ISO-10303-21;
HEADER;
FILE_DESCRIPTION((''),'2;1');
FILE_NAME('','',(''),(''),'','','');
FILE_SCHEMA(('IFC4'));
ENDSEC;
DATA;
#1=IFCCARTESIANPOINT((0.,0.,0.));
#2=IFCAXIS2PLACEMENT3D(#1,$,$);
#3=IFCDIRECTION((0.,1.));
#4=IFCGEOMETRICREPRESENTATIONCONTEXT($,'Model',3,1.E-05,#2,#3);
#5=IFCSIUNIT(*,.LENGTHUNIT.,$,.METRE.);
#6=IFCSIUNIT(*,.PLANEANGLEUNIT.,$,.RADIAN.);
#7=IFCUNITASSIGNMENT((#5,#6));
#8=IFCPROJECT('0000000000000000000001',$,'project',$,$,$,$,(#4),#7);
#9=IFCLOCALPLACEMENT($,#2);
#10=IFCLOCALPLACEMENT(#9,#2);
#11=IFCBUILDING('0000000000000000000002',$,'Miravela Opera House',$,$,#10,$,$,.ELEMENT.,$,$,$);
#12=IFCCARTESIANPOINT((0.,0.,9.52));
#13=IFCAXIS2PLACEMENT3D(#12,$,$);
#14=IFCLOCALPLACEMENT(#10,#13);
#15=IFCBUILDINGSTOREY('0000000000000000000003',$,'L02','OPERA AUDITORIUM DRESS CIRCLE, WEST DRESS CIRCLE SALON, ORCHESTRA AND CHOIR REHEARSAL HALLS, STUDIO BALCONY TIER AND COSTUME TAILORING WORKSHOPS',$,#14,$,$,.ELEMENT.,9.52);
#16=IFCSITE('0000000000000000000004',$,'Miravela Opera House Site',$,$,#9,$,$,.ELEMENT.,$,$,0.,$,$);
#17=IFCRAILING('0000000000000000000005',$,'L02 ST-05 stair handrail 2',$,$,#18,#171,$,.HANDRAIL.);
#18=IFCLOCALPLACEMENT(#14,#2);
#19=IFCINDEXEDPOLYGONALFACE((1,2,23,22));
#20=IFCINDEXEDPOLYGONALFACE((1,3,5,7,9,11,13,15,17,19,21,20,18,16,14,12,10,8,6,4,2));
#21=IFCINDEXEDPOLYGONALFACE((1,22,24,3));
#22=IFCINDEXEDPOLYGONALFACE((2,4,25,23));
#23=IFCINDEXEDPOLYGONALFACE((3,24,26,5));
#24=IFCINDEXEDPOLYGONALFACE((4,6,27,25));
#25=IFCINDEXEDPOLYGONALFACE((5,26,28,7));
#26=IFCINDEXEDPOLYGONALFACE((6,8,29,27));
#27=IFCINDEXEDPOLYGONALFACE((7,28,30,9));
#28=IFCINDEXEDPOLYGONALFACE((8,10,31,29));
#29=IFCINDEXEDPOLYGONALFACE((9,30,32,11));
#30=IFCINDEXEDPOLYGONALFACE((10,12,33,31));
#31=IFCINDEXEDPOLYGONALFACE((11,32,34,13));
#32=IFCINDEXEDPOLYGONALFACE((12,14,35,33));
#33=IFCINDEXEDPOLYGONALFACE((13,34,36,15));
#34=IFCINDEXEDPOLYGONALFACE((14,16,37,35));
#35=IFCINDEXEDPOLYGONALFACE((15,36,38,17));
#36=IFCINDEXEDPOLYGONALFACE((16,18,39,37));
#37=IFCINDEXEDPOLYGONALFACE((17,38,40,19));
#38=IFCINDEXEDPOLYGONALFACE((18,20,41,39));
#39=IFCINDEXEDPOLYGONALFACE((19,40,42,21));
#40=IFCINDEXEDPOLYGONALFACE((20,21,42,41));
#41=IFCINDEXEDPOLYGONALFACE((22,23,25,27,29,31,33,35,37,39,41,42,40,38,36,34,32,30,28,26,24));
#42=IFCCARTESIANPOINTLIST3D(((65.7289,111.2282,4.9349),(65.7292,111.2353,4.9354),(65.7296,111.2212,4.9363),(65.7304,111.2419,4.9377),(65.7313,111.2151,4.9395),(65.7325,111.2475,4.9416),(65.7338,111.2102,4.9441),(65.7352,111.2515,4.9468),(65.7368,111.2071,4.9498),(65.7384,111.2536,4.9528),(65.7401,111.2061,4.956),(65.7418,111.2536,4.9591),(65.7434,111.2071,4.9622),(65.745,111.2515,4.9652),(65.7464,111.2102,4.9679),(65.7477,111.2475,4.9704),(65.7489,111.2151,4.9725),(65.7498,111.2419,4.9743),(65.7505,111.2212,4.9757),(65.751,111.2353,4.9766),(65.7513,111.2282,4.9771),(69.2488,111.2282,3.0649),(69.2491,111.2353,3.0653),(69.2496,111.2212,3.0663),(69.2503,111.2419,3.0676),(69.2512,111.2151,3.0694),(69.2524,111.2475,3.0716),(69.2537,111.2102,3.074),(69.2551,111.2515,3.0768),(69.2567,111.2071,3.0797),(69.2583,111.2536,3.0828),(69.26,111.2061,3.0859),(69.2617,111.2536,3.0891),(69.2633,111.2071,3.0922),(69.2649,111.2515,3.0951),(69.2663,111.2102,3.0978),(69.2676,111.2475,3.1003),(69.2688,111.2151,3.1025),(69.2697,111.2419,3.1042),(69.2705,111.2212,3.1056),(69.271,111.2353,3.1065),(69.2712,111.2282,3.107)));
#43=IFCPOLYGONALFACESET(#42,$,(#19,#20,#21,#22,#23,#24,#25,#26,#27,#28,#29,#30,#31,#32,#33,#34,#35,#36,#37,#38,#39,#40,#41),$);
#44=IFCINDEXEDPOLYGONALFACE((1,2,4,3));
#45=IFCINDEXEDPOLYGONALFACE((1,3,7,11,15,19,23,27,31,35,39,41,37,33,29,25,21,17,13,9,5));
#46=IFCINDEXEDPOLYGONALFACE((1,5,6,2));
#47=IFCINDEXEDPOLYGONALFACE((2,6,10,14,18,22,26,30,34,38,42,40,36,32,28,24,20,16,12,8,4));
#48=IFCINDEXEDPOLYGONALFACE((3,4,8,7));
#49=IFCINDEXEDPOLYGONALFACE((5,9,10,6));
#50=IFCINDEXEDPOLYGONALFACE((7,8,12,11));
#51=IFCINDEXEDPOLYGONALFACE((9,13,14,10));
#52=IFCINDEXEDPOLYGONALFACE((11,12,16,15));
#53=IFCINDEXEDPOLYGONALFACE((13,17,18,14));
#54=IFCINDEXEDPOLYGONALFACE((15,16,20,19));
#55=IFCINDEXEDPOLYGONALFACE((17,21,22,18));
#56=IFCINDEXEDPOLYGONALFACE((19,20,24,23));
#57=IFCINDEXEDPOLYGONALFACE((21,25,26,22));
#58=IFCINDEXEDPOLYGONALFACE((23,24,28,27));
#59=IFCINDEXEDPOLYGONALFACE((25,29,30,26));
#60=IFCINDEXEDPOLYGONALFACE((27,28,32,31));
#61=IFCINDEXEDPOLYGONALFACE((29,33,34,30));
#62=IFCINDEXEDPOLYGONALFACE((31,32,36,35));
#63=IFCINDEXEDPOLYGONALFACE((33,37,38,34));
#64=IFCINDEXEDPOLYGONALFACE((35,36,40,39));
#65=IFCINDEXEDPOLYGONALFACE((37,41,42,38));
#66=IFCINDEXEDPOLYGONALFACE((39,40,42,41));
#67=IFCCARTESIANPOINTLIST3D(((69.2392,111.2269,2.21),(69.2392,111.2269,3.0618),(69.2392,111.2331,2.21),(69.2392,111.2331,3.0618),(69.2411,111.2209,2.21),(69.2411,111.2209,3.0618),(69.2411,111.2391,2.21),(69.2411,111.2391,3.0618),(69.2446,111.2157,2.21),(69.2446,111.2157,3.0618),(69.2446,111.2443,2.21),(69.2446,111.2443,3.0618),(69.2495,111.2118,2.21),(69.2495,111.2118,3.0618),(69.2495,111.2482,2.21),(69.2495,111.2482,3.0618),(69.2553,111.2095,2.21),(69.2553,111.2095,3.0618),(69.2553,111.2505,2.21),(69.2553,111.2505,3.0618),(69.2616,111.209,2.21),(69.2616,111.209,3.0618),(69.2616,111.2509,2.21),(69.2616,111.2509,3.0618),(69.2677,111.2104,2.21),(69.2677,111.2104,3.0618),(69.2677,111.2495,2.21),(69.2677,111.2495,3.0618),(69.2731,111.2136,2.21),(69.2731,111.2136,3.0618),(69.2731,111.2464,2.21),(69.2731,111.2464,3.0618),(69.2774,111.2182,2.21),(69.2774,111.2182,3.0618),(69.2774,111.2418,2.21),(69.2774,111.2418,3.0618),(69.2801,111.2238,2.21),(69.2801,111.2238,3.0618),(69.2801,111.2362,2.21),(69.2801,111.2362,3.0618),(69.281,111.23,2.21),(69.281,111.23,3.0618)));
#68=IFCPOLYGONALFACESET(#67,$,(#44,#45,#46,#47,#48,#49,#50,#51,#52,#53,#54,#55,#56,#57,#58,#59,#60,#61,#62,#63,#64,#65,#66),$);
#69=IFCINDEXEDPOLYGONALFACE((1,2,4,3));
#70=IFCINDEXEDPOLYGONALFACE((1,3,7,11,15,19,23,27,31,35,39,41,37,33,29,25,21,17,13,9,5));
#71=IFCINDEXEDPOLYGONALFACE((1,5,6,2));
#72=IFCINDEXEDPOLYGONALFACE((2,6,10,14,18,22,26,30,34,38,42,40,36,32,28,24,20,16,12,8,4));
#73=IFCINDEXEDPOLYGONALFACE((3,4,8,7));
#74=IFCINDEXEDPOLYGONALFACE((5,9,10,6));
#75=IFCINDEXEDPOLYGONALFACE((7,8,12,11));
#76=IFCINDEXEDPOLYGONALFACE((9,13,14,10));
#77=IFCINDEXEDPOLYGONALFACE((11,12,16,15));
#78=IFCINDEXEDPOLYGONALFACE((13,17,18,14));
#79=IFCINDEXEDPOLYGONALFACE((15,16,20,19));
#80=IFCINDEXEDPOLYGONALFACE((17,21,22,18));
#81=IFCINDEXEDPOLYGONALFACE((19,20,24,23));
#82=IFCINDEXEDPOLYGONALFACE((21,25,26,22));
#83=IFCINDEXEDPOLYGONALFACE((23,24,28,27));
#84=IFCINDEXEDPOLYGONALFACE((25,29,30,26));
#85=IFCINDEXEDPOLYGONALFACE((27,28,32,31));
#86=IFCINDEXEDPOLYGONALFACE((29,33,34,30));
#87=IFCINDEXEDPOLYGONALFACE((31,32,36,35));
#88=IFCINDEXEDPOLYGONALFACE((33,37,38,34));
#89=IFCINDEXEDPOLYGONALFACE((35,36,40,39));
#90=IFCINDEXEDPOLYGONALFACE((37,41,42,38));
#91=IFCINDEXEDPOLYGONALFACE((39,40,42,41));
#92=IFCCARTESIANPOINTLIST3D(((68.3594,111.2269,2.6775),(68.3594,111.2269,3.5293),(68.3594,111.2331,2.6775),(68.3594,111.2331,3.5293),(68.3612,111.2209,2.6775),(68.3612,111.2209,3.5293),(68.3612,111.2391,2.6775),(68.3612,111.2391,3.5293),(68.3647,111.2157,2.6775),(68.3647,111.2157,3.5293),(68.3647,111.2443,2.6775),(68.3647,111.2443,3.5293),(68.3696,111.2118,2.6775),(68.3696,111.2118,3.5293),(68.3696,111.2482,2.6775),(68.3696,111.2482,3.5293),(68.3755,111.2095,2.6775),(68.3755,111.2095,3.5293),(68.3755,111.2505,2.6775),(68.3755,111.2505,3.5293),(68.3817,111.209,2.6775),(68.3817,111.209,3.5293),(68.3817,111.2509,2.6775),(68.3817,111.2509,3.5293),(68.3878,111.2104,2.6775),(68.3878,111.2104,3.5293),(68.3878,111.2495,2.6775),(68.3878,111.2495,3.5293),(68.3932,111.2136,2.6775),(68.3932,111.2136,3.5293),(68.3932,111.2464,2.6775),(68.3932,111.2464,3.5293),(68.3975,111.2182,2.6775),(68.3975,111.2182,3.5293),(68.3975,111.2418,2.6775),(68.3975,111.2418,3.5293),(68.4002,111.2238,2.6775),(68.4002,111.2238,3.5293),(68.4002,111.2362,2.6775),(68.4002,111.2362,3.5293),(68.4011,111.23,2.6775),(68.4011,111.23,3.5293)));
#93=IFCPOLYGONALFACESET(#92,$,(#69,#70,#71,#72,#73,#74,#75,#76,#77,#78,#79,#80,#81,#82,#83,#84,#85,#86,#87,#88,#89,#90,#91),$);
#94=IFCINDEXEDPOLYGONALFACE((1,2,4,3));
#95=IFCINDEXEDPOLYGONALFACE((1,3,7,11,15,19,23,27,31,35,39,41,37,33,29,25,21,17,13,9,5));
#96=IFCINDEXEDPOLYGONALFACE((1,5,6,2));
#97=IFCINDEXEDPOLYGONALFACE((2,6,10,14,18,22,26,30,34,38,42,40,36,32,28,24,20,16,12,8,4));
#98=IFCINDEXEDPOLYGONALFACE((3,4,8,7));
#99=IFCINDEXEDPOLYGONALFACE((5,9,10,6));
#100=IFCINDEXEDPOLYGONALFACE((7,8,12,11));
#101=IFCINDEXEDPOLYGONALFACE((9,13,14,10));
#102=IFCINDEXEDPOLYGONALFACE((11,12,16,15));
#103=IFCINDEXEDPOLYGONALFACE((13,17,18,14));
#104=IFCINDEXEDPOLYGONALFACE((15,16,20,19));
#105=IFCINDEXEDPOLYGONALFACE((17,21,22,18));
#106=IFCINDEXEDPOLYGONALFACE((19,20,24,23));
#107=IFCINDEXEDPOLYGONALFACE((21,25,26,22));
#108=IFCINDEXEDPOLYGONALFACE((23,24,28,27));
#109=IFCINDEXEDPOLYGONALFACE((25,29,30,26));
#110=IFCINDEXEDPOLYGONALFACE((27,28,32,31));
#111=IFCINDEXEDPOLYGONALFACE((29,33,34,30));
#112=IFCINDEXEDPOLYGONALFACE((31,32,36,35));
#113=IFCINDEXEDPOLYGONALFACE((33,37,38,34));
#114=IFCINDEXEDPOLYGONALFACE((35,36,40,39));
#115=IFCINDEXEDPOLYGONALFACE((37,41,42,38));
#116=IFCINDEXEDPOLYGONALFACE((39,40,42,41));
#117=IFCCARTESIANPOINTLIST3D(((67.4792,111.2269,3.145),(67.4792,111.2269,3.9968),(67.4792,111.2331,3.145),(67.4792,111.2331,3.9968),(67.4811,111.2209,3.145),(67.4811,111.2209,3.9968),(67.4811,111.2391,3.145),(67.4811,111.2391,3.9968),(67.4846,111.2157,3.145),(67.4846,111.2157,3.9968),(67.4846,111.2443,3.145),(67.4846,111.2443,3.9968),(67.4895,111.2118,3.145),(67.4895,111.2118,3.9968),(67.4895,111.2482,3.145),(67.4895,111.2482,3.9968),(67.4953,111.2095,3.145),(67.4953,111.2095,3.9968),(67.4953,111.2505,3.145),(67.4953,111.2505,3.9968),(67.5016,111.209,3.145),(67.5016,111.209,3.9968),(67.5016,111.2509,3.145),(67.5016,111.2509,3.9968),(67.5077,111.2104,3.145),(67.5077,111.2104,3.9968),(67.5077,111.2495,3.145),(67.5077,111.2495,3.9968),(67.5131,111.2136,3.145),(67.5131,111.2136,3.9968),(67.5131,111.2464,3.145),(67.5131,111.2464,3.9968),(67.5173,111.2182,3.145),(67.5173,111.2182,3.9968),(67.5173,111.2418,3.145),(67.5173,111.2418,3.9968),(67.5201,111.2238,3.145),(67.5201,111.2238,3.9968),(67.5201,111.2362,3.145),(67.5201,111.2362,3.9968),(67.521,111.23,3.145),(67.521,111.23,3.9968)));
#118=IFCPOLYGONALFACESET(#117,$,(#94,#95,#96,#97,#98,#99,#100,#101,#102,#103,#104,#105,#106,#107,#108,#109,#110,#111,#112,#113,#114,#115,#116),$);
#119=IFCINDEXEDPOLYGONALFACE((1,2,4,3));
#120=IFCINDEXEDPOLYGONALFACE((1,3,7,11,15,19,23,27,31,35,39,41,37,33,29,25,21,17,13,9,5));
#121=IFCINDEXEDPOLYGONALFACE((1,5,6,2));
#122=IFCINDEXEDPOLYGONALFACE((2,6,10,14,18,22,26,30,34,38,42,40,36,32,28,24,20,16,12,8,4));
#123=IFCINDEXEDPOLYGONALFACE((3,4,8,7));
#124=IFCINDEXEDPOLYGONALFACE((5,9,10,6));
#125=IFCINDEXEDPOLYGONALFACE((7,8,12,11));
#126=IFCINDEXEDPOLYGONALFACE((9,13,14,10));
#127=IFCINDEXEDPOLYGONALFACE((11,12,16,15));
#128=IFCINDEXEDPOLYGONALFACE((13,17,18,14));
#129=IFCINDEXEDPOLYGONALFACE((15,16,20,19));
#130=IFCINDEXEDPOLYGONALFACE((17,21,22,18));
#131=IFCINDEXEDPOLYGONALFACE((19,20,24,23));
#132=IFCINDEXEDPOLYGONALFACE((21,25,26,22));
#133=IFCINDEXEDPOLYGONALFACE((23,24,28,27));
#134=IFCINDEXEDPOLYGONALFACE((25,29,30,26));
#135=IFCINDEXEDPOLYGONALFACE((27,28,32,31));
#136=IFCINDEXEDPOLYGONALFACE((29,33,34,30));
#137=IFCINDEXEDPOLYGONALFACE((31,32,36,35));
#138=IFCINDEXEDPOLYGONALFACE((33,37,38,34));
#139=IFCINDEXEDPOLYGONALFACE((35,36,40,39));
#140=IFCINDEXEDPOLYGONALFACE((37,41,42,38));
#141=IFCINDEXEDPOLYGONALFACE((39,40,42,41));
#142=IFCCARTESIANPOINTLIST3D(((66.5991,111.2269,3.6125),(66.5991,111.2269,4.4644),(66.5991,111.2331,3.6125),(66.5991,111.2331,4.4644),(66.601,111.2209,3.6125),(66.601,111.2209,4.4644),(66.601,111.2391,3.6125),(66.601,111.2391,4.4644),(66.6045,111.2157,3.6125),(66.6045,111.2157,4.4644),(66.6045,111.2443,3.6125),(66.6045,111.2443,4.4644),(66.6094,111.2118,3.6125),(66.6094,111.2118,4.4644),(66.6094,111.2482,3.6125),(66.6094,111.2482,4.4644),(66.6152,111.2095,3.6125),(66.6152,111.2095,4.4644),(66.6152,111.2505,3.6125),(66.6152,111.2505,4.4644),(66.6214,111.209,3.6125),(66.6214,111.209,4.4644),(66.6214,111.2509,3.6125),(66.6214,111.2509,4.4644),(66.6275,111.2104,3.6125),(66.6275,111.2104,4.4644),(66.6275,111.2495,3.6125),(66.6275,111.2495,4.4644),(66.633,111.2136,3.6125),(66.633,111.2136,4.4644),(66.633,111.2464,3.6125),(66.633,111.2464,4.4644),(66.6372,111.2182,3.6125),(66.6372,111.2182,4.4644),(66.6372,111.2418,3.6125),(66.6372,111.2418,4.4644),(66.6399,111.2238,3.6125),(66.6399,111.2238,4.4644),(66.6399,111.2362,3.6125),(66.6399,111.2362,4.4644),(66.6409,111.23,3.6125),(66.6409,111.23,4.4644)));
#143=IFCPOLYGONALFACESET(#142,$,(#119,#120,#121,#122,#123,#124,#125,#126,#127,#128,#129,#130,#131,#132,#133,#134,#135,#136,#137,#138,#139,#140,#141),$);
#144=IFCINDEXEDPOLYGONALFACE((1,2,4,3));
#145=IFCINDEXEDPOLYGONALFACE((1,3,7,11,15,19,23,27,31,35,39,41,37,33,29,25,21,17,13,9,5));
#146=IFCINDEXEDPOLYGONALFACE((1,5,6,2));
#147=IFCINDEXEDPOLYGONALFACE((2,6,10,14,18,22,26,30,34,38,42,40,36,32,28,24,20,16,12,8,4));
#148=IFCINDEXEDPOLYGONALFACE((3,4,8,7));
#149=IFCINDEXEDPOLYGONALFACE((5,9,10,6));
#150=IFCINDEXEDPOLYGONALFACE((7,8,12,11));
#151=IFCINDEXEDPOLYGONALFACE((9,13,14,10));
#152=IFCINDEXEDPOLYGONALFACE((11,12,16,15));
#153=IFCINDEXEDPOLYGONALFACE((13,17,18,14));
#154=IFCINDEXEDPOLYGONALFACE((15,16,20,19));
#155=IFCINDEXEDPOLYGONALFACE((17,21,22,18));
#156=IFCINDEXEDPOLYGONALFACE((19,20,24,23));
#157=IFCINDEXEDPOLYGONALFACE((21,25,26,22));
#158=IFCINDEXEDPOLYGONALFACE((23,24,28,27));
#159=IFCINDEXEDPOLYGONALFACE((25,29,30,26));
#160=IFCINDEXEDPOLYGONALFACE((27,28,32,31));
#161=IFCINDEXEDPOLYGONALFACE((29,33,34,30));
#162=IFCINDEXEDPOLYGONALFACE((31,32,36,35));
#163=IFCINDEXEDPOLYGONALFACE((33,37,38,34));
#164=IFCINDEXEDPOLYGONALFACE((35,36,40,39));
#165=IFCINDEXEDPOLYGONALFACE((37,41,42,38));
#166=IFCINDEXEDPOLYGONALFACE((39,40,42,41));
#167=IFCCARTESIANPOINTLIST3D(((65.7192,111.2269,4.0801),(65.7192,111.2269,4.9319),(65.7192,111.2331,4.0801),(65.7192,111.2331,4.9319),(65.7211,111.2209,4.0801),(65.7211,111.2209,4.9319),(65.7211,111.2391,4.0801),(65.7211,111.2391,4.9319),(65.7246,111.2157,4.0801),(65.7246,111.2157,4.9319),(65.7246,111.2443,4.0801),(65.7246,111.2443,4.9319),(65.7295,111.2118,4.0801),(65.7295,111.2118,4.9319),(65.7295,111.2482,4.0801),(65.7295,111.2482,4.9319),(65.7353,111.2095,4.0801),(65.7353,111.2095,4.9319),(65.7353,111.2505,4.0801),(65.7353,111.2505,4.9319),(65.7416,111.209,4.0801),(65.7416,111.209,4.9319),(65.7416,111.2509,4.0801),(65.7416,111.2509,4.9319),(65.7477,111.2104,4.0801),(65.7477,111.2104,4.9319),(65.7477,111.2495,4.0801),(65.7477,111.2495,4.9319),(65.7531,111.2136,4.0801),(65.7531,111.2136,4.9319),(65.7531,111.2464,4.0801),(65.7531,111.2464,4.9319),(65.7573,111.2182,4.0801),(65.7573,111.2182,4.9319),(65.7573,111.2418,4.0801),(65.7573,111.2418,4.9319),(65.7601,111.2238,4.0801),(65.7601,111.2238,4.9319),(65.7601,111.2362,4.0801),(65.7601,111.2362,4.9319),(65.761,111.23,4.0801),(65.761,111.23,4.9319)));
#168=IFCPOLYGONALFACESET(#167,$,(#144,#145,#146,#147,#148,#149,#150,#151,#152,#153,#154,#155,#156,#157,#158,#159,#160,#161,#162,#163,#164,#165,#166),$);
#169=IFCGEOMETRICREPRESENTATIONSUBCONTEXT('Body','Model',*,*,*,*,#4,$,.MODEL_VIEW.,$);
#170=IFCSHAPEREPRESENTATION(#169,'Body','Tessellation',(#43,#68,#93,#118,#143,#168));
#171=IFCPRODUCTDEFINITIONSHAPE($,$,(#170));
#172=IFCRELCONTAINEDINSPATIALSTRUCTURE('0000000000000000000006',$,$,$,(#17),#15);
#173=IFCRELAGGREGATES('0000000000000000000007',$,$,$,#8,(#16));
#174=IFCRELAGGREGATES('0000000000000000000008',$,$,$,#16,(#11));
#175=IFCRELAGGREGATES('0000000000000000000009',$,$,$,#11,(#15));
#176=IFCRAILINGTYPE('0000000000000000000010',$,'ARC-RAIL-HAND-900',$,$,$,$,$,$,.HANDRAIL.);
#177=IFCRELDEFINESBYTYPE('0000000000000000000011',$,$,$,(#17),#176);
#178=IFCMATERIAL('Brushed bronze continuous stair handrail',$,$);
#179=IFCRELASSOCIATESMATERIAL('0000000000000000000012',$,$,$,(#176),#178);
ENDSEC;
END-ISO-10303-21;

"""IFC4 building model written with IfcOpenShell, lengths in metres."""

from ifc_helpers import new_model, si_unit, direction, frame, origin, origin_2d, place, context, subcontext, project, spatial, circle, extrude, material, type_object, element, save


model = new_model("IFC4")

# Units and contexts
model_context = context("Model", 3, precision=1e-05, world=origin(), true_north=direction((0.0, 1.0)))
body_context = subcontext(model_context, "Body", "Model", "MODEL_VIEW")
ifc_project = project(units=[si_unit("LENGTHUNIT", "METRE"), si_unit("PLANEANGLEUNIT", "RADIAN")], contexts=[model_context])

# Site, building, storey
site_placement = place(None, origin())
site = spatial("IfcSite", under=ifc_project, at=site_placement, Name="Miravela Opera House Site", CompositionType="ELEMENT", RefElevation=0.0)
building_placement = place(site_placement, origin())
building = spatial("IfcBuilding", under=site, at=building_placement, Name="Miravela Opera House", CompositionType="ELEMENT")
storey_placement = place(building_placement, frame((0.0, 0.0, 9.52)))
storey = spatial("IfcBuildingStorey", under=building, at=storey_placement, Name="L02", Description="OPERA AUDITORIUM DRESS CIRCLE, WEST DRESS CIRCLE SALON, ORCHESTRA AND CHOIR REHEARSAL HALLS, STUDIO BALCONY TIER AND COSTUME TAILORING WORKSHOPS", CompositionType="ELEMENT", Elevation=9.52)

# Railing
ifc_material_1 = material(Name="Brushed bronze continuous stair handrail")
railing_type_1 = type_object("IfcRailingType", Name="ARC-RAIL-HAND-900", PredefinedType="HANDRAIL", material=ifc_material_1)
railing_1_placement = place(storey_placement, frame((69.26, 111.23, 2.21)))
element("IfcRailing", 1, at=railing_1_placement, inside=storey, type_object=railing_type_1, Name="L02 ST-05 stair handrail 2", PredefinedType="HANDRAIL", context=body_context, shape_type="SweptSolid", body=[
    extrude(circle(Radius=0.0239, at=origin_2d()), frame((0.0, 0.0, 0.876), z_axis=(-0.883105, 0.0, 0.469176), x_axis=(0.0, -1.0, 0.0)), (0.0, 0.0, 1.0), 3.9858),
    extrude(circle(Radius=0.021, at=origin_2d()), origin(), (0.0, 0.0, 1.0), 0.8518),
    extrude(circle(Radius=0.021, at=origin_2d()), frame((-0.8799, 0.0, 0.4675)), (0.0, 0.0, 1.0), 0.8518),
    extrude(circle(Radius=0.021, at=origin_2d()), frame((-1.76, 0.0, 0.9351)), (0.0, 0.0, 1.0), 0.8518),
    extrude(circle(Radius=0.021, at=origin_2d()), frame((-2.6401, 0.0, 1.4026)), (0.0, 0.0, 1.0), 0.8518),
    extrude(circle(Radius=0.021, at=origin_2d()), frame((-3.52, 0.0, 1.8701)), (0.0, 0.0, 1.0), 0.8518),
])

save(model, "model.ifc")
